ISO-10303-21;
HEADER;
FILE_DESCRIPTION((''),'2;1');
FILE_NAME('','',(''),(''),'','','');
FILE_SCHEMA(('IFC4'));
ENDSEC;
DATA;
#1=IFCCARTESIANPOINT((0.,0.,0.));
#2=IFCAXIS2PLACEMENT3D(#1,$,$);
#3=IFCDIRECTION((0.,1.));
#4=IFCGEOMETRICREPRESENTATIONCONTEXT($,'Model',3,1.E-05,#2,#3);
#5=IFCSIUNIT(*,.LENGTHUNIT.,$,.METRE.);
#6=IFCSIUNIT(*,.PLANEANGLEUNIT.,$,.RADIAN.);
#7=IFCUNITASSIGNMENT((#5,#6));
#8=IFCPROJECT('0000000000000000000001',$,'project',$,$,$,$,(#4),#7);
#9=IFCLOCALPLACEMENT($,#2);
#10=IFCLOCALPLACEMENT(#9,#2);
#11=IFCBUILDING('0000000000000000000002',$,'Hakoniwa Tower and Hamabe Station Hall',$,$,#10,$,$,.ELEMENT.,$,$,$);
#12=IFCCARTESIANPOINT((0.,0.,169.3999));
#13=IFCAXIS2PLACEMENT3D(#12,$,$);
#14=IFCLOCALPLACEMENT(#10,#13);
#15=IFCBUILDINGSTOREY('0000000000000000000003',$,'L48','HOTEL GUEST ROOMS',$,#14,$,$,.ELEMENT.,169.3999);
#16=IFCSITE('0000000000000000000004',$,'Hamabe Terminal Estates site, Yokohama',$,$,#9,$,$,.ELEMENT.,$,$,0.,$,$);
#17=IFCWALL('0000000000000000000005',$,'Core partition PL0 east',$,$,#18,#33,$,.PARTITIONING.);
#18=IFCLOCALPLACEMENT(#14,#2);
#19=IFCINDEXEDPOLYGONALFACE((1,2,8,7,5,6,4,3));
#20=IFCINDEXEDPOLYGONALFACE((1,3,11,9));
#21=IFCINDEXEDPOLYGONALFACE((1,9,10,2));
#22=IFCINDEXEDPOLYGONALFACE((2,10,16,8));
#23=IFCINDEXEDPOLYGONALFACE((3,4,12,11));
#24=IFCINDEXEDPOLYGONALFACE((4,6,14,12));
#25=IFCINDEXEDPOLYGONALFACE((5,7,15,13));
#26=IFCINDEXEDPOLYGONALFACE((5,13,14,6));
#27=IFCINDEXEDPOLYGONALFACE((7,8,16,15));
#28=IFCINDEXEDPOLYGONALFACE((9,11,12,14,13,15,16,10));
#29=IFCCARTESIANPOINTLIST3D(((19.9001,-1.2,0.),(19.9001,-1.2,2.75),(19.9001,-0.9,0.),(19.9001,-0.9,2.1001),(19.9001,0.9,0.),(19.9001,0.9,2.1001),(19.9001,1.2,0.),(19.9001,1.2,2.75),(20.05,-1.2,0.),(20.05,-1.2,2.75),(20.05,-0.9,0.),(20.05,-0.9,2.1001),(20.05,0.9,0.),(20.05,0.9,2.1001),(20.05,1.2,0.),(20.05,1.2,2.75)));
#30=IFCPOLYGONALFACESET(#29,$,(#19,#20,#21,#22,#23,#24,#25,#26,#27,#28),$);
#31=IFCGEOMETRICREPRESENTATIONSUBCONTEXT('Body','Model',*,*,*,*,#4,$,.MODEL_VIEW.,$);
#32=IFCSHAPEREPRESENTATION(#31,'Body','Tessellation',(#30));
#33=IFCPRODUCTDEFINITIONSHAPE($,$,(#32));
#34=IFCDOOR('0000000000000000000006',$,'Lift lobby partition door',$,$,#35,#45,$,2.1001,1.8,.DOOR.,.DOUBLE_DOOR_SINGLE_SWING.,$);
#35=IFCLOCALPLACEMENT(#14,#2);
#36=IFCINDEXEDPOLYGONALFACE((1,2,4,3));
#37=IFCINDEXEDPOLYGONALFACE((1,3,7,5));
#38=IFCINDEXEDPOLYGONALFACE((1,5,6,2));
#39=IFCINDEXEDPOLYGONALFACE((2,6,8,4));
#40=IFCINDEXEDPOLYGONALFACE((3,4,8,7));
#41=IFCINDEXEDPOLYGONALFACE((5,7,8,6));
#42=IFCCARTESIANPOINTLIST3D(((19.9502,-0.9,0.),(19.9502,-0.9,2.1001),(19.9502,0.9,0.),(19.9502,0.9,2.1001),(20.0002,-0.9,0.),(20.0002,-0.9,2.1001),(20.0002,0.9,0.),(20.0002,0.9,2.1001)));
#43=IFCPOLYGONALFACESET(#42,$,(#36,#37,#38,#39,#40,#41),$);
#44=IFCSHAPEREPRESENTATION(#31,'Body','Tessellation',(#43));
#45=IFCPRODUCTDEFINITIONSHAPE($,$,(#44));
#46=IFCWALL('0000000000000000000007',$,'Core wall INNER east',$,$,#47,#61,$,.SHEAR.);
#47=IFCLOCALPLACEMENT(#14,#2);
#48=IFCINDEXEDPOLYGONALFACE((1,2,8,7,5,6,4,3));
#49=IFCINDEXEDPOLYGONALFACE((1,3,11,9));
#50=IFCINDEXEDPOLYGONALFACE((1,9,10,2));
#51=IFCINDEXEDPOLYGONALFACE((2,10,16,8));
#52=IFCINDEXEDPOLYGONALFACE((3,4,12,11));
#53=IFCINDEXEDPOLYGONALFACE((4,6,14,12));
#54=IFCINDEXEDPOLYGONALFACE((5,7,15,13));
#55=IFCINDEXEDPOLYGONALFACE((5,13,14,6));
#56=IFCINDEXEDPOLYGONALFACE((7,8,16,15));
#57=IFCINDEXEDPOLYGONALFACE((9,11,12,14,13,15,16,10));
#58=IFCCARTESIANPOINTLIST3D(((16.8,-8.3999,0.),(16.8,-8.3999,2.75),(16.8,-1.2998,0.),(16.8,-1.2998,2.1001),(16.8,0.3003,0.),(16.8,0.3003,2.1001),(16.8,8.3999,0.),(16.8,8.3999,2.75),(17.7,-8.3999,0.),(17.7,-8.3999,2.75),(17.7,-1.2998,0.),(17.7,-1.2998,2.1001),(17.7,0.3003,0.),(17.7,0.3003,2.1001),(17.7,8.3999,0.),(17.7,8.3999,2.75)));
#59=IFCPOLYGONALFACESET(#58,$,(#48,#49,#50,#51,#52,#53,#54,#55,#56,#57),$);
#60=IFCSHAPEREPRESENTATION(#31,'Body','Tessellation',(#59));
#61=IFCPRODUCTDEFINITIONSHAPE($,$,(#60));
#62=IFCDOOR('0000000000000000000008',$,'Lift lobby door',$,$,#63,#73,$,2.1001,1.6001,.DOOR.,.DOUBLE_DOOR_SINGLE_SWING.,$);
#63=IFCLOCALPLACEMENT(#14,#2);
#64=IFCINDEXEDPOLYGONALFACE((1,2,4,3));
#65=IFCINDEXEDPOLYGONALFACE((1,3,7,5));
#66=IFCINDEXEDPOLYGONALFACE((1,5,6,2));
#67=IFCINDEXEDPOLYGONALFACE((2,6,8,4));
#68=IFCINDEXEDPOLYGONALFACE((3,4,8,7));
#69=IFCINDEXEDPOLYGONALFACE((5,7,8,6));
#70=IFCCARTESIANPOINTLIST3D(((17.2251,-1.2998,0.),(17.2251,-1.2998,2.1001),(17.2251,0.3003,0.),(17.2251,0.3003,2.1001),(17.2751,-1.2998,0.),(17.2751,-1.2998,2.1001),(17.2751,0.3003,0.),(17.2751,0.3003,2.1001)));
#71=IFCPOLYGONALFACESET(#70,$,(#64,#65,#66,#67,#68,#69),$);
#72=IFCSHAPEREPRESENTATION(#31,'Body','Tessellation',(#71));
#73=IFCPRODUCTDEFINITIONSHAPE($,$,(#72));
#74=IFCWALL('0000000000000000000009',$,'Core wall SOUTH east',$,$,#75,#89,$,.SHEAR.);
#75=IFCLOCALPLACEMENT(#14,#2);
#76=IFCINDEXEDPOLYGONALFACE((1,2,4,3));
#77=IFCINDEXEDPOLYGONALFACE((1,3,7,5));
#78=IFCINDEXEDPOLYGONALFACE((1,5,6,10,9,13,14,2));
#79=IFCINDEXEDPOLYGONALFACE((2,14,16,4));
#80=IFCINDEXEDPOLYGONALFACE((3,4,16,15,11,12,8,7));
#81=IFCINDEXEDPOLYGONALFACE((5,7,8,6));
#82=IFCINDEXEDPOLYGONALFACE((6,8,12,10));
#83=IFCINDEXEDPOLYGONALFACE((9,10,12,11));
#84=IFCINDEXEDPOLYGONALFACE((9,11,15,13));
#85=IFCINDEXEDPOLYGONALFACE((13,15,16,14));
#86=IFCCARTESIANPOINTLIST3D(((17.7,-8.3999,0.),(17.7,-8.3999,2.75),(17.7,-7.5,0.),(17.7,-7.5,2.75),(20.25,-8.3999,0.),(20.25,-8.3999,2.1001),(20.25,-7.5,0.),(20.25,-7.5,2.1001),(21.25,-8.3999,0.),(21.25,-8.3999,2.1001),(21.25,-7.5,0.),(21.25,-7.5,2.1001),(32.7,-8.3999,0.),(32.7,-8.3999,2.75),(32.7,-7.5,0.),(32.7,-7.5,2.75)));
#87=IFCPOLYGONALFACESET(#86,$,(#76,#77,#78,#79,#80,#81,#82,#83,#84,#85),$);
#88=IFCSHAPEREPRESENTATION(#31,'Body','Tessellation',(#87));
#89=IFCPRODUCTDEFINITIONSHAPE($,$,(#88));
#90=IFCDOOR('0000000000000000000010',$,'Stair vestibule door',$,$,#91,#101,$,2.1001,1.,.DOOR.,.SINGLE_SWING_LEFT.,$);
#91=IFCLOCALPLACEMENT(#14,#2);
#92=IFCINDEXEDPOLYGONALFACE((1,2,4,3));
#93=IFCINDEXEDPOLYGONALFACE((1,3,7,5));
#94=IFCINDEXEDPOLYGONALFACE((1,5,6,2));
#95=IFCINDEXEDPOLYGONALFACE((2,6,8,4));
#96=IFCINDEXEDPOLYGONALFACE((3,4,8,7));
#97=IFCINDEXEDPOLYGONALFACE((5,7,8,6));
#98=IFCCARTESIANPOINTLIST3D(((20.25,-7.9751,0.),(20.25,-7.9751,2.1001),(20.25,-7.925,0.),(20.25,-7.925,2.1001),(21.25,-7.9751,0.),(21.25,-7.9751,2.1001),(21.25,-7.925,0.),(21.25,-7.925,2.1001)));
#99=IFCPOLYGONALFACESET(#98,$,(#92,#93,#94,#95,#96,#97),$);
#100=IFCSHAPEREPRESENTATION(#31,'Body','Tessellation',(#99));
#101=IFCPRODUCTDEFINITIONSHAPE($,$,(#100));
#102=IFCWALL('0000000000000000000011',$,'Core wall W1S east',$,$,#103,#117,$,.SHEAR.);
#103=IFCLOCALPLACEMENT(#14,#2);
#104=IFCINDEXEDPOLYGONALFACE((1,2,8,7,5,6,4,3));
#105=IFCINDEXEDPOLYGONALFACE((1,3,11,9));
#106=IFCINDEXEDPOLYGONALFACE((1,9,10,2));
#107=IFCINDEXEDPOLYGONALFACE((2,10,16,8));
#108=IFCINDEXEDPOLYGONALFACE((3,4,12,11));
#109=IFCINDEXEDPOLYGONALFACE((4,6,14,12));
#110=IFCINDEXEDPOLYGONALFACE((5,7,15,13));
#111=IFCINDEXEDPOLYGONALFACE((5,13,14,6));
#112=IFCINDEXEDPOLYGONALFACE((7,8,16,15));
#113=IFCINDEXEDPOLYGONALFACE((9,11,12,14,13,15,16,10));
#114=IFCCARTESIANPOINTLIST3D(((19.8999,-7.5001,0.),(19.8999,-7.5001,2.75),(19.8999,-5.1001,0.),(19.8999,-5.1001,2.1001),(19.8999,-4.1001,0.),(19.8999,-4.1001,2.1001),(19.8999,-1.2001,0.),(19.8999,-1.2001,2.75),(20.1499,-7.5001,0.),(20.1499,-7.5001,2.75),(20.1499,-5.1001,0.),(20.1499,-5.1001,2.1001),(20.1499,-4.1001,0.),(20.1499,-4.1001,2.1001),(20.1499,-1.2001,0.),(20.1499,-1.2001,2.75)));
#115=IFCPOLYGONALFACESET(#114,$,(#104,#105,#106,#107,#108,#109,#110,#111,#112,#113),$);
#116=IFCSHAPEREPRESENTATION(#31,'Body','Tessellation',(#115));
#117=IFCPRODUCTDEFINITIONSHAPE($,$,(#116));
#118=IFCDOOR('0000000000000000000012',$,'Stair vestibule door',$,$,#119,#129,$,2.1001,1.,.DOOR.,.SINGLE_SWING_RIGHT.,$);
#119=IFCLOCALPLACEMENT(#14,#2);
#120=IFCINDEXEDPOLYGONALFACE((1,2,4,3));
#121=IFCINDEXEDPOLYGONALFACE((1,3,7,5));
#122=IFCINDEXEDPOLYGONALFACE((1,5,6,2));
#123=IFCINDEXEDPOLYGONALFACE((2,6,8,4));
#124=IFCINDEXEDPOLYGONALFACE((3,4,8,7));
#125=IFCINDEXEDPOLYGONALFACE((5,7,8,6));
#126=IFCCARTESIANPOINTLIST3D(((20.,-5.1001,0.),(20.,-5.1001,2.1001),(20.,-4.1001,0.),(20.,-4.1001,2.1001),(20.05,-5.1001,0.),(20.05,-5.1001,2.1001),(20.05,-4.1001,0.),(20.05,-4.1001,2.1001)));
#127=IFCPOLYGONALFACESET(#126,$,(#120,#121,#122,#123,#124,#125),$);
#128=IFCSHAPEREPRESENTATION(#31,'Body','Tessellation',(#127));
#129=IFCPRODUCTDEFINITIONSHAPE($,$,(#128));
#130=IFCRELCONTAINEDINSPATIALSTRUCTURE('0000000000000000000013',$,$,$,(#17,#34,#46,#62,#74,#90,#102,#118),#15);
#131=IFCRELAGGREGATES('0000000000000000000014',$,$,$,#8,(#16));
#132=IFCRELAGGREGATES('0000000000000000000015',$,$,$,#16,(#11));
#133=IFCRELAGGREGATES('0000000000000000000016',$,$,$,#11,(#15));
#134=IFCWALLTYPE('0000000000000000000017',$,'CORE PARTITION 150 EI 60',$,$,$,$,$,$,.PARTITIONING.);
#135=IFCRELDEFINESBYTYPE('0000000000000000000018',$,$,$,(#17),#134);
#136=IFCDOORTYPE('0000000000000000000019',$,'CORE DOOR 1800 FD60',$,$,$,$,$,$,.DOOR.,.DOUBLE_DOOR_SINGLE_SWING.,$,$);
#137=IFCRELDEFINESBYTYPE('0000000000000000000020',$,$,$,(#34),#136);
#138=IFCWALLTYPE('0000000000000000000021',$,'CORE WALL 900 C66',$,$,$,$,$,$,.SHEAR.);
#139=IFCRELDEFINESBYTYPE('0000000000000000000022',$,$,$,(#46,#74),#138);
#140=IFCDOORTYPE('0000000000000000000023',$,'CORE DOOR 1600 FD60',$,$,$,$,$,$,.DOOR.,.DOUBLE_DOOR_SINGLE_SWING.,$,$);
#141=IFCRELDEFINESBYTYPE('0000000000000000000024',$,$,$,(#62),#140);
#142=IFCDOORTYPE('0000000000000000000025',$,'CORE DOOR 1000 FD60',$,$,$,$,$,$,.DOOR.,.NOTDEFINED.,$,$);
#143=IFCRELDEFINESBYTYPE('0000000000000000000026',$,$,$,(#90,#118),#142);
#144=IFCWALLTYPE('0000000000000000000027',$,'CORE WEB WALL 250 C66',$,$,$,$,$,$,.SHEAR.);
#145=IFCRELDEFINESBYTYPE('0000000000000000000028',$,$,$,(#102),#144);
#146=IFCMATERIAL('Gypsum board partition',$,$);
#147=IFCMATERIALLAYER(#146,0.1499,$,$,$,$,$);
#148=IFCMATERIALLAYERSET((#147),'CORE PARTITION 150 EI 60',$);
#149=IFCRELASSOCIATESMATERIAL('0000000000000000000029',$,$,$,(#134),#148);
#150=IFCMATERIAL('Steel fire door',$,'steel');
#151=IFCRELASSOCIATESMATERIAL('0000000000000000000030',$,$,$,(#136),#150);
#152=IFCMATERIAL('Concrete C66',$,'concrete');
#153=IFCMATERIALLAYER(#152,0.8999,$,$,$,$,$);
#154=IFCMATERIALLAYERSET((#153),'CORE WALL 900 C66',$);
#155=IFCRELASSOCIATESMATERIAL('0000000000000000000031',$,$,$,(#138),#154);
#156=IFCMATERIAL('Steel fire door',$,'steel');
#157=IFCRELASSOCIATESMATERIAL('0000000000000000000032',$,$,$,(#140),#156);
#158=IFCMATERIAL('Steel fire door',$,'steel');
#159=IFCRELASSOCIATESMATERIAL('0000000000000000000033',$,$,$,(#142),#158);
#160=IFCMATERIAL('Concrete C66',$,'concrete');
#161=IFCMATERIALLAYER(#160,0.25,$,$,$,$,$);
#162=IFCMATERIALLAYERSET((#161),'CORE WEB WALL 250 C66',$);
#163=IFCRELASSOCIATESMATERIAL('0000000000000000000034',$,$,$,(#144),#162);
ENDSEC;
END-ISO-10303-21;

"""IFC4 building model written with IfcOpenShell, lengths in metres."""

from ifc_helpers import new_model, si_unit, direction, frame, frame_2d, origin, place, context, subcontext, project, spatial, rectangle, extrude, material, layer, layer_set, type_object, element, fill, save


model = new_model("IFC4")

# Units and contexts
model_context = context("Model", 3, precision=1e-05, world=origin(), true_north=direction((0.0, 1.0)))
body_context = subcontext(model_context, "Body", "Model", "MODEL_VIEW")
ifc_project = project(units=[si_unit("LENGTHUNIT", "METRE"), si_unit("PLANEANGLEUNIT", "RADIAN")], contexts=[model_context])

# Site, building, storey
site_placement = place(None, origin())
site = spatial("IfcSite", under=ifc_project, at=site_placement, Name="Hamabe Terminal Estates site, Yokohama", CompositionType="ELEMENT", RefElevation=0.0)
building_placement = place(site_placement, origin())
building = spatial("IfcBuilding", under=site, at=building_placement, Name="Hakoniwa Tower and Hamabe Station Hall", CompositionType="ELEMENT")
storey_placement = place(building_placement, frame((0.0, 0.0, 169.3999)))
storey = spatial("IfcBuildingStorey", under=building, at=storey_placement, Name="L48", Description="HOTEL GUEST ROOMS", CompositionType="ELEMENT", Elevation=169.3999)

# Walls, openings, doors
ifc_material_1 = material(Name="Gypsum board partition")
ifc_layer_1 = layer(ifc_material_1, 0.1499)
ifc_layer_set_1 = layer_set([ifc_layer_1], Name="CORE PARTITION 150 EI 60")
wall_type_1 = type_object("IfcWallType", Name="CORE PARTITION 150 EI 60", PredefinedType="PARTITIONING", material=ifc_layer_set_1)
wall_1_placement = place(storey_placement, frame((19.9751, -1.2, 0.0), z_axis=(0.0, 0.0, 1.0), x_axis=(0.0, 1.0, 0.0)))
wall_1 = element("IfcWall", 1, at=wall_1_placement, inside=storey, type_object=wall_type_1, Name="Core partition PL0 east", PredefinedType="PARTITIONING", context=body_context, shape_type="SweptSolid", body=[
    extrude(rectangle(XDim=2.3999, YDim=0.1499, at=frame_2d((1.2, 0.0))), origin(), (0.0, 0.0, 1.0), 2.75),
])
opening_1_placement = place(wall_1_placement, frame((0.3, 0.0, 0.0)))
opening_1 = element("IfcOpeningElement", 2, at=opening_1_placement, cuts=wall_1, PredefinedType="OPENING", context=body_context, shape_type="SweptSolid", body=[
    extrude(rectangle(XDim=1.8, YDim=2.1001, at=frame_2d((0.8999, 1.05))), frame((0.0, 0.085, 0.0), z_axis=(0.0, -1.0, 0.0), x_axis=(1.0, 0.0, 0.0)), (0.0, 0.0, 1.0), 0.1699),
])
ifc_material_2 = material(Name="Steel fire door", Category="steel")
door_type_1 = type_object("IfcDoorType", Name="CORE DOOR 1800 FD60", OperationType="DOUBLE_DOOR_SINGLE_SWING", PredefinedType="DOOR", material=ifc_material_2)
door_1_placement = place(opening_1_placement, origin())
door_1 = element("IfcDoor", 3, at=door_1_placement, inside=storey, type_object=door_type_1, Name="Lift lobby partition door", OperationType="DOUBLE_DOOR_SINGLE_SWING", OverallHeight=2.1001, OverallWidth=1.8, PredefinedType="DOOR", context=body_context, shape_type="SweptSolid", body=[
    extrude(rectangle(XDim=1.8, YDim=2.1001, at=frame_2d((0.8999, 1.05))), frame((0.0, 0.0249, 0.0), z_axis=(0.0, -1.0, 0.0), x_axis=(1.0, 0.0, 0.0)), (0.0, 0.0, 1.0), 0.05),
])
fill(opening_1, door_1)
ifc_material_3 = material(Name="Concrete C66", Category="concrete")
ifc_layer_2 = layer(ifc_material_3, 0.8999)
ifc_layer_set_2 = layer_set([ifc_layer_2], Name="CORE WALL 900 C66")
wall_type_2 = type_object("IfcWallType", Name="CORE WALL 900 C66", PredefinedType="SHEAR", material=ifc_layer_set_2)
wall_2_placement = place(storey_placement, frame((17.25, -8.3999, 0.0), z_axis=(0.0, 0.0, 1.0), x_axis=(0.0, 1.0, 0.0)))
wall_2 = element("IfcWall", 4, at=wall_2_placement, inside=storey, type_object=wall_type_2, Name="Core wall INNER east", PredefinedType="SHEAR", context=body_context, shape_type="SweptSolid", body=[
    extrude(rectangle(XDim=16.7998, YDim=0.8999, at=frame_2d((8.3999, 0.0))), origin(), (0.0, 0.0, 1.0), 2.75),
])
opening_2_placement = place(wall_2_placement, frame((7.1001, 0.0, 0.0)))
opening_2 = element("IfcOpeningElement", 5, at=opening_2_placement, cuts=wall_2, PredefinedType="OPENING", context=body_context, shape_type="SweptSolid", body=[
    extrude(rectangle(XDim=1.6001, YDim=2.1001, at=frame_2d((0.8, 1.05))), frame((0.0, 0.46, 0.0), z_axis=(0.0, -1.0, 0.0), x_axis=(1.0, 0.0, 0.0)), (0.0, 0.0, 1.0), 0.9199),
])
ifc_material_4 = material(Name="Steel fire door", Category="steel")
door_type_2 = type_object("IfcDoorType", Name="CORE DOOR 1600 FD60", OperationType="DOUBLE_DOOR_SINGLE_SWING", PredefinedType="DOOR", material=ifc_material_4)
door_2_placement = place(opening_2_placement, origin())
door_2 = element("IfcDoor", 6, at=door_2_placement, inside=storey, type_object=door_type_2, Name="Lift lobby door", OperationType="DOUBLE_DOOR_SINGLE_SWING", OverallHeight=2.1001, OverallWidth=1.6001, PredefinedType="DOOR", context=body_context, shape_type="SweptSolid", body=[
    extrude(rectangle(XDim=1.6001, YDim=2.1001, at=frame_2d((0.8, 1.05))), frame((0.0, 0.0249, 0.0), z_axis=(0.0, -1.0, 0.0), x_axis=(1.0, 0.0, 0.0)), (0.0, 0.0, 1.0), 0.05),
])
fill(opening_2, door_2)
wall_3_placement = place(storey_placement, frame((17.7, -7.95, 0.0), z_axis=(0.0, 0.0, 1.0), x_axis=(1.0, 0.0, 0.0)))
wall_3 = element("IfcWall", 7, at=wall_3_placement, inside=storey, type_object=wall_type_2, Name="Core wall SOUTH east", PredefinedType="SHEAR", context=body_context, shape_type="SweptSolid", body=[
    extrude(rectangle(XDim=15.0, YDim=0.8999, at=frame_2d((7.5, 0.0))), origin(), (0.0, 0.0, 1.0), 2.75),
])
opening_3_placement = place(wall_3_placement, frame((2.55, 0.0, 0.0)))
opening_3 = element("IfcOpeningElement", 8, at=opening_3_placement, cuts=wall_3, PredefinedType="OPENING", context=body_context, shape_type="SweptSolid", body=[
    extrude(rectangle(XDim=1.0, YDim=2.1001, at=frame_2d((0.5, 1.05))), frame((0.0, 0.46, 0.0), z_axis=(0.0, -1.0, 0.0), x_axis=(1.0, 0.0, 0.0)), (0.0, 0.0, 1.0), 0.9199),
])
ifc_material_5 = material(Name="Steel fire door", Category="steel")
door_type_3 = type_object("IfcDoorType", Name="CORE DOOR 1000 FD60", OperationType="NOTDEFINED", PredefinedType="DOOR", material=ifc_material_5)
door_3_placement = place(opening_3_placement, origin())
door_3 = element("IfcDoor", 9, at=door_3_placement, inside=storey, type_object=door_type_3, Name="Stair vestibule door", OperationType="SINGLE_SWING_LEFT", OverallHeight=2.1001, OverallWidth=1.0, PredefinedType="DOOR", context=body_context, shape_type="SweptSolid", body=[
    extrude(rectangle(XDim=1.0, YDim=2.1001, at=frame_2d((0.5, 1.05))), frame((0.0, 0.0249, 0.0), z_axis=(0.0, -1.0, 0.0), x_axis=(1.0, 0.0, 0.0)), (0.0, 0.0, 1.0), 0.05),
])
fill(opening_3, door_3)
ifc_material_6 = material(Name="Concrete C66", Category="concrete")
ifc_layer_3 = layer(ifc_material_6, 0.25)
ifc_layer_set_3 = layer_set([ifc_layer_3], Name="CORE WEB WALL 250 C66")
wall_type_3 = type_object("IfcWallType", Name="CORE WEB WALL 250 C66", PredefinedType="SHEAR", material=ifc_layer_set_3)
wall_4_placement = place(storey_placement, frame((20.0249, -7.5, 0.0), z_axis=(0.0, 0.0, 1.0), x_axis=(0.0, 1.0, 0.0)))
wall_4 = element("IfcWall", 10, at=wall_4_placement, inside=storey, type_object=wall_type_3, Name="Core wall W1S east", PredefinedType="SHEAR", context=body_context, shape_type="SweptSolid", body=[
    extrude(rectangle(XDim=6.3, YDim=0.25, at=frame_2d((3.1499, 0.0))), origin(), (0.0, 0.0, 1.0), 2.75),
])
opening_4_placement = place(wall_4_placement, frame((2.3999, 0.0, 0.0)))
opening_4 = element("IfcOpeningElement", 11, at=opening_4_placement, cuts=wall_4, PredefinedType="OPENING", context=body_context, shape_type="SweptSolid", body=[
    extrude(rectangle(XDim=1.0, YDim=2.1001, at=frame_2d((0.5, 1.05))), frame((0.0, 0.135, 0.0), z_axis=(0.0, -1.0, 0.0), x_axis=(1.0, 0.0, 0.0)), (0.0, 0.0, 1.0), 0.27),
])
door_4_placement = place(opening_4_placement, origin())
door_4 = element("IfcDoor", 12, at=door_4_placement, inside=storey, type_object=door_type_3, Name="Stair vestibule door", OperationType="SINGLE_SWING_RIGHT", OverallHeight=2.1001, OverallWidth=1.0, PredefinedType="DOOR", context=body_context, shape_type="SweptSolid", body=[
    extrude(rectangle(XDim=1.0, YDim=2.1001, at=frame_2d((0.5, 1.05))), frame((0.0, 0.0249, 0.0), z_axis=(0.0, -1.0, 0.0), x_axis=(1.0, 0.0, 0.0)), (0.0, 0.0, 1.0), 0.05),
])
fill(opening_4, door_4)

save(model, "model.ifc")
